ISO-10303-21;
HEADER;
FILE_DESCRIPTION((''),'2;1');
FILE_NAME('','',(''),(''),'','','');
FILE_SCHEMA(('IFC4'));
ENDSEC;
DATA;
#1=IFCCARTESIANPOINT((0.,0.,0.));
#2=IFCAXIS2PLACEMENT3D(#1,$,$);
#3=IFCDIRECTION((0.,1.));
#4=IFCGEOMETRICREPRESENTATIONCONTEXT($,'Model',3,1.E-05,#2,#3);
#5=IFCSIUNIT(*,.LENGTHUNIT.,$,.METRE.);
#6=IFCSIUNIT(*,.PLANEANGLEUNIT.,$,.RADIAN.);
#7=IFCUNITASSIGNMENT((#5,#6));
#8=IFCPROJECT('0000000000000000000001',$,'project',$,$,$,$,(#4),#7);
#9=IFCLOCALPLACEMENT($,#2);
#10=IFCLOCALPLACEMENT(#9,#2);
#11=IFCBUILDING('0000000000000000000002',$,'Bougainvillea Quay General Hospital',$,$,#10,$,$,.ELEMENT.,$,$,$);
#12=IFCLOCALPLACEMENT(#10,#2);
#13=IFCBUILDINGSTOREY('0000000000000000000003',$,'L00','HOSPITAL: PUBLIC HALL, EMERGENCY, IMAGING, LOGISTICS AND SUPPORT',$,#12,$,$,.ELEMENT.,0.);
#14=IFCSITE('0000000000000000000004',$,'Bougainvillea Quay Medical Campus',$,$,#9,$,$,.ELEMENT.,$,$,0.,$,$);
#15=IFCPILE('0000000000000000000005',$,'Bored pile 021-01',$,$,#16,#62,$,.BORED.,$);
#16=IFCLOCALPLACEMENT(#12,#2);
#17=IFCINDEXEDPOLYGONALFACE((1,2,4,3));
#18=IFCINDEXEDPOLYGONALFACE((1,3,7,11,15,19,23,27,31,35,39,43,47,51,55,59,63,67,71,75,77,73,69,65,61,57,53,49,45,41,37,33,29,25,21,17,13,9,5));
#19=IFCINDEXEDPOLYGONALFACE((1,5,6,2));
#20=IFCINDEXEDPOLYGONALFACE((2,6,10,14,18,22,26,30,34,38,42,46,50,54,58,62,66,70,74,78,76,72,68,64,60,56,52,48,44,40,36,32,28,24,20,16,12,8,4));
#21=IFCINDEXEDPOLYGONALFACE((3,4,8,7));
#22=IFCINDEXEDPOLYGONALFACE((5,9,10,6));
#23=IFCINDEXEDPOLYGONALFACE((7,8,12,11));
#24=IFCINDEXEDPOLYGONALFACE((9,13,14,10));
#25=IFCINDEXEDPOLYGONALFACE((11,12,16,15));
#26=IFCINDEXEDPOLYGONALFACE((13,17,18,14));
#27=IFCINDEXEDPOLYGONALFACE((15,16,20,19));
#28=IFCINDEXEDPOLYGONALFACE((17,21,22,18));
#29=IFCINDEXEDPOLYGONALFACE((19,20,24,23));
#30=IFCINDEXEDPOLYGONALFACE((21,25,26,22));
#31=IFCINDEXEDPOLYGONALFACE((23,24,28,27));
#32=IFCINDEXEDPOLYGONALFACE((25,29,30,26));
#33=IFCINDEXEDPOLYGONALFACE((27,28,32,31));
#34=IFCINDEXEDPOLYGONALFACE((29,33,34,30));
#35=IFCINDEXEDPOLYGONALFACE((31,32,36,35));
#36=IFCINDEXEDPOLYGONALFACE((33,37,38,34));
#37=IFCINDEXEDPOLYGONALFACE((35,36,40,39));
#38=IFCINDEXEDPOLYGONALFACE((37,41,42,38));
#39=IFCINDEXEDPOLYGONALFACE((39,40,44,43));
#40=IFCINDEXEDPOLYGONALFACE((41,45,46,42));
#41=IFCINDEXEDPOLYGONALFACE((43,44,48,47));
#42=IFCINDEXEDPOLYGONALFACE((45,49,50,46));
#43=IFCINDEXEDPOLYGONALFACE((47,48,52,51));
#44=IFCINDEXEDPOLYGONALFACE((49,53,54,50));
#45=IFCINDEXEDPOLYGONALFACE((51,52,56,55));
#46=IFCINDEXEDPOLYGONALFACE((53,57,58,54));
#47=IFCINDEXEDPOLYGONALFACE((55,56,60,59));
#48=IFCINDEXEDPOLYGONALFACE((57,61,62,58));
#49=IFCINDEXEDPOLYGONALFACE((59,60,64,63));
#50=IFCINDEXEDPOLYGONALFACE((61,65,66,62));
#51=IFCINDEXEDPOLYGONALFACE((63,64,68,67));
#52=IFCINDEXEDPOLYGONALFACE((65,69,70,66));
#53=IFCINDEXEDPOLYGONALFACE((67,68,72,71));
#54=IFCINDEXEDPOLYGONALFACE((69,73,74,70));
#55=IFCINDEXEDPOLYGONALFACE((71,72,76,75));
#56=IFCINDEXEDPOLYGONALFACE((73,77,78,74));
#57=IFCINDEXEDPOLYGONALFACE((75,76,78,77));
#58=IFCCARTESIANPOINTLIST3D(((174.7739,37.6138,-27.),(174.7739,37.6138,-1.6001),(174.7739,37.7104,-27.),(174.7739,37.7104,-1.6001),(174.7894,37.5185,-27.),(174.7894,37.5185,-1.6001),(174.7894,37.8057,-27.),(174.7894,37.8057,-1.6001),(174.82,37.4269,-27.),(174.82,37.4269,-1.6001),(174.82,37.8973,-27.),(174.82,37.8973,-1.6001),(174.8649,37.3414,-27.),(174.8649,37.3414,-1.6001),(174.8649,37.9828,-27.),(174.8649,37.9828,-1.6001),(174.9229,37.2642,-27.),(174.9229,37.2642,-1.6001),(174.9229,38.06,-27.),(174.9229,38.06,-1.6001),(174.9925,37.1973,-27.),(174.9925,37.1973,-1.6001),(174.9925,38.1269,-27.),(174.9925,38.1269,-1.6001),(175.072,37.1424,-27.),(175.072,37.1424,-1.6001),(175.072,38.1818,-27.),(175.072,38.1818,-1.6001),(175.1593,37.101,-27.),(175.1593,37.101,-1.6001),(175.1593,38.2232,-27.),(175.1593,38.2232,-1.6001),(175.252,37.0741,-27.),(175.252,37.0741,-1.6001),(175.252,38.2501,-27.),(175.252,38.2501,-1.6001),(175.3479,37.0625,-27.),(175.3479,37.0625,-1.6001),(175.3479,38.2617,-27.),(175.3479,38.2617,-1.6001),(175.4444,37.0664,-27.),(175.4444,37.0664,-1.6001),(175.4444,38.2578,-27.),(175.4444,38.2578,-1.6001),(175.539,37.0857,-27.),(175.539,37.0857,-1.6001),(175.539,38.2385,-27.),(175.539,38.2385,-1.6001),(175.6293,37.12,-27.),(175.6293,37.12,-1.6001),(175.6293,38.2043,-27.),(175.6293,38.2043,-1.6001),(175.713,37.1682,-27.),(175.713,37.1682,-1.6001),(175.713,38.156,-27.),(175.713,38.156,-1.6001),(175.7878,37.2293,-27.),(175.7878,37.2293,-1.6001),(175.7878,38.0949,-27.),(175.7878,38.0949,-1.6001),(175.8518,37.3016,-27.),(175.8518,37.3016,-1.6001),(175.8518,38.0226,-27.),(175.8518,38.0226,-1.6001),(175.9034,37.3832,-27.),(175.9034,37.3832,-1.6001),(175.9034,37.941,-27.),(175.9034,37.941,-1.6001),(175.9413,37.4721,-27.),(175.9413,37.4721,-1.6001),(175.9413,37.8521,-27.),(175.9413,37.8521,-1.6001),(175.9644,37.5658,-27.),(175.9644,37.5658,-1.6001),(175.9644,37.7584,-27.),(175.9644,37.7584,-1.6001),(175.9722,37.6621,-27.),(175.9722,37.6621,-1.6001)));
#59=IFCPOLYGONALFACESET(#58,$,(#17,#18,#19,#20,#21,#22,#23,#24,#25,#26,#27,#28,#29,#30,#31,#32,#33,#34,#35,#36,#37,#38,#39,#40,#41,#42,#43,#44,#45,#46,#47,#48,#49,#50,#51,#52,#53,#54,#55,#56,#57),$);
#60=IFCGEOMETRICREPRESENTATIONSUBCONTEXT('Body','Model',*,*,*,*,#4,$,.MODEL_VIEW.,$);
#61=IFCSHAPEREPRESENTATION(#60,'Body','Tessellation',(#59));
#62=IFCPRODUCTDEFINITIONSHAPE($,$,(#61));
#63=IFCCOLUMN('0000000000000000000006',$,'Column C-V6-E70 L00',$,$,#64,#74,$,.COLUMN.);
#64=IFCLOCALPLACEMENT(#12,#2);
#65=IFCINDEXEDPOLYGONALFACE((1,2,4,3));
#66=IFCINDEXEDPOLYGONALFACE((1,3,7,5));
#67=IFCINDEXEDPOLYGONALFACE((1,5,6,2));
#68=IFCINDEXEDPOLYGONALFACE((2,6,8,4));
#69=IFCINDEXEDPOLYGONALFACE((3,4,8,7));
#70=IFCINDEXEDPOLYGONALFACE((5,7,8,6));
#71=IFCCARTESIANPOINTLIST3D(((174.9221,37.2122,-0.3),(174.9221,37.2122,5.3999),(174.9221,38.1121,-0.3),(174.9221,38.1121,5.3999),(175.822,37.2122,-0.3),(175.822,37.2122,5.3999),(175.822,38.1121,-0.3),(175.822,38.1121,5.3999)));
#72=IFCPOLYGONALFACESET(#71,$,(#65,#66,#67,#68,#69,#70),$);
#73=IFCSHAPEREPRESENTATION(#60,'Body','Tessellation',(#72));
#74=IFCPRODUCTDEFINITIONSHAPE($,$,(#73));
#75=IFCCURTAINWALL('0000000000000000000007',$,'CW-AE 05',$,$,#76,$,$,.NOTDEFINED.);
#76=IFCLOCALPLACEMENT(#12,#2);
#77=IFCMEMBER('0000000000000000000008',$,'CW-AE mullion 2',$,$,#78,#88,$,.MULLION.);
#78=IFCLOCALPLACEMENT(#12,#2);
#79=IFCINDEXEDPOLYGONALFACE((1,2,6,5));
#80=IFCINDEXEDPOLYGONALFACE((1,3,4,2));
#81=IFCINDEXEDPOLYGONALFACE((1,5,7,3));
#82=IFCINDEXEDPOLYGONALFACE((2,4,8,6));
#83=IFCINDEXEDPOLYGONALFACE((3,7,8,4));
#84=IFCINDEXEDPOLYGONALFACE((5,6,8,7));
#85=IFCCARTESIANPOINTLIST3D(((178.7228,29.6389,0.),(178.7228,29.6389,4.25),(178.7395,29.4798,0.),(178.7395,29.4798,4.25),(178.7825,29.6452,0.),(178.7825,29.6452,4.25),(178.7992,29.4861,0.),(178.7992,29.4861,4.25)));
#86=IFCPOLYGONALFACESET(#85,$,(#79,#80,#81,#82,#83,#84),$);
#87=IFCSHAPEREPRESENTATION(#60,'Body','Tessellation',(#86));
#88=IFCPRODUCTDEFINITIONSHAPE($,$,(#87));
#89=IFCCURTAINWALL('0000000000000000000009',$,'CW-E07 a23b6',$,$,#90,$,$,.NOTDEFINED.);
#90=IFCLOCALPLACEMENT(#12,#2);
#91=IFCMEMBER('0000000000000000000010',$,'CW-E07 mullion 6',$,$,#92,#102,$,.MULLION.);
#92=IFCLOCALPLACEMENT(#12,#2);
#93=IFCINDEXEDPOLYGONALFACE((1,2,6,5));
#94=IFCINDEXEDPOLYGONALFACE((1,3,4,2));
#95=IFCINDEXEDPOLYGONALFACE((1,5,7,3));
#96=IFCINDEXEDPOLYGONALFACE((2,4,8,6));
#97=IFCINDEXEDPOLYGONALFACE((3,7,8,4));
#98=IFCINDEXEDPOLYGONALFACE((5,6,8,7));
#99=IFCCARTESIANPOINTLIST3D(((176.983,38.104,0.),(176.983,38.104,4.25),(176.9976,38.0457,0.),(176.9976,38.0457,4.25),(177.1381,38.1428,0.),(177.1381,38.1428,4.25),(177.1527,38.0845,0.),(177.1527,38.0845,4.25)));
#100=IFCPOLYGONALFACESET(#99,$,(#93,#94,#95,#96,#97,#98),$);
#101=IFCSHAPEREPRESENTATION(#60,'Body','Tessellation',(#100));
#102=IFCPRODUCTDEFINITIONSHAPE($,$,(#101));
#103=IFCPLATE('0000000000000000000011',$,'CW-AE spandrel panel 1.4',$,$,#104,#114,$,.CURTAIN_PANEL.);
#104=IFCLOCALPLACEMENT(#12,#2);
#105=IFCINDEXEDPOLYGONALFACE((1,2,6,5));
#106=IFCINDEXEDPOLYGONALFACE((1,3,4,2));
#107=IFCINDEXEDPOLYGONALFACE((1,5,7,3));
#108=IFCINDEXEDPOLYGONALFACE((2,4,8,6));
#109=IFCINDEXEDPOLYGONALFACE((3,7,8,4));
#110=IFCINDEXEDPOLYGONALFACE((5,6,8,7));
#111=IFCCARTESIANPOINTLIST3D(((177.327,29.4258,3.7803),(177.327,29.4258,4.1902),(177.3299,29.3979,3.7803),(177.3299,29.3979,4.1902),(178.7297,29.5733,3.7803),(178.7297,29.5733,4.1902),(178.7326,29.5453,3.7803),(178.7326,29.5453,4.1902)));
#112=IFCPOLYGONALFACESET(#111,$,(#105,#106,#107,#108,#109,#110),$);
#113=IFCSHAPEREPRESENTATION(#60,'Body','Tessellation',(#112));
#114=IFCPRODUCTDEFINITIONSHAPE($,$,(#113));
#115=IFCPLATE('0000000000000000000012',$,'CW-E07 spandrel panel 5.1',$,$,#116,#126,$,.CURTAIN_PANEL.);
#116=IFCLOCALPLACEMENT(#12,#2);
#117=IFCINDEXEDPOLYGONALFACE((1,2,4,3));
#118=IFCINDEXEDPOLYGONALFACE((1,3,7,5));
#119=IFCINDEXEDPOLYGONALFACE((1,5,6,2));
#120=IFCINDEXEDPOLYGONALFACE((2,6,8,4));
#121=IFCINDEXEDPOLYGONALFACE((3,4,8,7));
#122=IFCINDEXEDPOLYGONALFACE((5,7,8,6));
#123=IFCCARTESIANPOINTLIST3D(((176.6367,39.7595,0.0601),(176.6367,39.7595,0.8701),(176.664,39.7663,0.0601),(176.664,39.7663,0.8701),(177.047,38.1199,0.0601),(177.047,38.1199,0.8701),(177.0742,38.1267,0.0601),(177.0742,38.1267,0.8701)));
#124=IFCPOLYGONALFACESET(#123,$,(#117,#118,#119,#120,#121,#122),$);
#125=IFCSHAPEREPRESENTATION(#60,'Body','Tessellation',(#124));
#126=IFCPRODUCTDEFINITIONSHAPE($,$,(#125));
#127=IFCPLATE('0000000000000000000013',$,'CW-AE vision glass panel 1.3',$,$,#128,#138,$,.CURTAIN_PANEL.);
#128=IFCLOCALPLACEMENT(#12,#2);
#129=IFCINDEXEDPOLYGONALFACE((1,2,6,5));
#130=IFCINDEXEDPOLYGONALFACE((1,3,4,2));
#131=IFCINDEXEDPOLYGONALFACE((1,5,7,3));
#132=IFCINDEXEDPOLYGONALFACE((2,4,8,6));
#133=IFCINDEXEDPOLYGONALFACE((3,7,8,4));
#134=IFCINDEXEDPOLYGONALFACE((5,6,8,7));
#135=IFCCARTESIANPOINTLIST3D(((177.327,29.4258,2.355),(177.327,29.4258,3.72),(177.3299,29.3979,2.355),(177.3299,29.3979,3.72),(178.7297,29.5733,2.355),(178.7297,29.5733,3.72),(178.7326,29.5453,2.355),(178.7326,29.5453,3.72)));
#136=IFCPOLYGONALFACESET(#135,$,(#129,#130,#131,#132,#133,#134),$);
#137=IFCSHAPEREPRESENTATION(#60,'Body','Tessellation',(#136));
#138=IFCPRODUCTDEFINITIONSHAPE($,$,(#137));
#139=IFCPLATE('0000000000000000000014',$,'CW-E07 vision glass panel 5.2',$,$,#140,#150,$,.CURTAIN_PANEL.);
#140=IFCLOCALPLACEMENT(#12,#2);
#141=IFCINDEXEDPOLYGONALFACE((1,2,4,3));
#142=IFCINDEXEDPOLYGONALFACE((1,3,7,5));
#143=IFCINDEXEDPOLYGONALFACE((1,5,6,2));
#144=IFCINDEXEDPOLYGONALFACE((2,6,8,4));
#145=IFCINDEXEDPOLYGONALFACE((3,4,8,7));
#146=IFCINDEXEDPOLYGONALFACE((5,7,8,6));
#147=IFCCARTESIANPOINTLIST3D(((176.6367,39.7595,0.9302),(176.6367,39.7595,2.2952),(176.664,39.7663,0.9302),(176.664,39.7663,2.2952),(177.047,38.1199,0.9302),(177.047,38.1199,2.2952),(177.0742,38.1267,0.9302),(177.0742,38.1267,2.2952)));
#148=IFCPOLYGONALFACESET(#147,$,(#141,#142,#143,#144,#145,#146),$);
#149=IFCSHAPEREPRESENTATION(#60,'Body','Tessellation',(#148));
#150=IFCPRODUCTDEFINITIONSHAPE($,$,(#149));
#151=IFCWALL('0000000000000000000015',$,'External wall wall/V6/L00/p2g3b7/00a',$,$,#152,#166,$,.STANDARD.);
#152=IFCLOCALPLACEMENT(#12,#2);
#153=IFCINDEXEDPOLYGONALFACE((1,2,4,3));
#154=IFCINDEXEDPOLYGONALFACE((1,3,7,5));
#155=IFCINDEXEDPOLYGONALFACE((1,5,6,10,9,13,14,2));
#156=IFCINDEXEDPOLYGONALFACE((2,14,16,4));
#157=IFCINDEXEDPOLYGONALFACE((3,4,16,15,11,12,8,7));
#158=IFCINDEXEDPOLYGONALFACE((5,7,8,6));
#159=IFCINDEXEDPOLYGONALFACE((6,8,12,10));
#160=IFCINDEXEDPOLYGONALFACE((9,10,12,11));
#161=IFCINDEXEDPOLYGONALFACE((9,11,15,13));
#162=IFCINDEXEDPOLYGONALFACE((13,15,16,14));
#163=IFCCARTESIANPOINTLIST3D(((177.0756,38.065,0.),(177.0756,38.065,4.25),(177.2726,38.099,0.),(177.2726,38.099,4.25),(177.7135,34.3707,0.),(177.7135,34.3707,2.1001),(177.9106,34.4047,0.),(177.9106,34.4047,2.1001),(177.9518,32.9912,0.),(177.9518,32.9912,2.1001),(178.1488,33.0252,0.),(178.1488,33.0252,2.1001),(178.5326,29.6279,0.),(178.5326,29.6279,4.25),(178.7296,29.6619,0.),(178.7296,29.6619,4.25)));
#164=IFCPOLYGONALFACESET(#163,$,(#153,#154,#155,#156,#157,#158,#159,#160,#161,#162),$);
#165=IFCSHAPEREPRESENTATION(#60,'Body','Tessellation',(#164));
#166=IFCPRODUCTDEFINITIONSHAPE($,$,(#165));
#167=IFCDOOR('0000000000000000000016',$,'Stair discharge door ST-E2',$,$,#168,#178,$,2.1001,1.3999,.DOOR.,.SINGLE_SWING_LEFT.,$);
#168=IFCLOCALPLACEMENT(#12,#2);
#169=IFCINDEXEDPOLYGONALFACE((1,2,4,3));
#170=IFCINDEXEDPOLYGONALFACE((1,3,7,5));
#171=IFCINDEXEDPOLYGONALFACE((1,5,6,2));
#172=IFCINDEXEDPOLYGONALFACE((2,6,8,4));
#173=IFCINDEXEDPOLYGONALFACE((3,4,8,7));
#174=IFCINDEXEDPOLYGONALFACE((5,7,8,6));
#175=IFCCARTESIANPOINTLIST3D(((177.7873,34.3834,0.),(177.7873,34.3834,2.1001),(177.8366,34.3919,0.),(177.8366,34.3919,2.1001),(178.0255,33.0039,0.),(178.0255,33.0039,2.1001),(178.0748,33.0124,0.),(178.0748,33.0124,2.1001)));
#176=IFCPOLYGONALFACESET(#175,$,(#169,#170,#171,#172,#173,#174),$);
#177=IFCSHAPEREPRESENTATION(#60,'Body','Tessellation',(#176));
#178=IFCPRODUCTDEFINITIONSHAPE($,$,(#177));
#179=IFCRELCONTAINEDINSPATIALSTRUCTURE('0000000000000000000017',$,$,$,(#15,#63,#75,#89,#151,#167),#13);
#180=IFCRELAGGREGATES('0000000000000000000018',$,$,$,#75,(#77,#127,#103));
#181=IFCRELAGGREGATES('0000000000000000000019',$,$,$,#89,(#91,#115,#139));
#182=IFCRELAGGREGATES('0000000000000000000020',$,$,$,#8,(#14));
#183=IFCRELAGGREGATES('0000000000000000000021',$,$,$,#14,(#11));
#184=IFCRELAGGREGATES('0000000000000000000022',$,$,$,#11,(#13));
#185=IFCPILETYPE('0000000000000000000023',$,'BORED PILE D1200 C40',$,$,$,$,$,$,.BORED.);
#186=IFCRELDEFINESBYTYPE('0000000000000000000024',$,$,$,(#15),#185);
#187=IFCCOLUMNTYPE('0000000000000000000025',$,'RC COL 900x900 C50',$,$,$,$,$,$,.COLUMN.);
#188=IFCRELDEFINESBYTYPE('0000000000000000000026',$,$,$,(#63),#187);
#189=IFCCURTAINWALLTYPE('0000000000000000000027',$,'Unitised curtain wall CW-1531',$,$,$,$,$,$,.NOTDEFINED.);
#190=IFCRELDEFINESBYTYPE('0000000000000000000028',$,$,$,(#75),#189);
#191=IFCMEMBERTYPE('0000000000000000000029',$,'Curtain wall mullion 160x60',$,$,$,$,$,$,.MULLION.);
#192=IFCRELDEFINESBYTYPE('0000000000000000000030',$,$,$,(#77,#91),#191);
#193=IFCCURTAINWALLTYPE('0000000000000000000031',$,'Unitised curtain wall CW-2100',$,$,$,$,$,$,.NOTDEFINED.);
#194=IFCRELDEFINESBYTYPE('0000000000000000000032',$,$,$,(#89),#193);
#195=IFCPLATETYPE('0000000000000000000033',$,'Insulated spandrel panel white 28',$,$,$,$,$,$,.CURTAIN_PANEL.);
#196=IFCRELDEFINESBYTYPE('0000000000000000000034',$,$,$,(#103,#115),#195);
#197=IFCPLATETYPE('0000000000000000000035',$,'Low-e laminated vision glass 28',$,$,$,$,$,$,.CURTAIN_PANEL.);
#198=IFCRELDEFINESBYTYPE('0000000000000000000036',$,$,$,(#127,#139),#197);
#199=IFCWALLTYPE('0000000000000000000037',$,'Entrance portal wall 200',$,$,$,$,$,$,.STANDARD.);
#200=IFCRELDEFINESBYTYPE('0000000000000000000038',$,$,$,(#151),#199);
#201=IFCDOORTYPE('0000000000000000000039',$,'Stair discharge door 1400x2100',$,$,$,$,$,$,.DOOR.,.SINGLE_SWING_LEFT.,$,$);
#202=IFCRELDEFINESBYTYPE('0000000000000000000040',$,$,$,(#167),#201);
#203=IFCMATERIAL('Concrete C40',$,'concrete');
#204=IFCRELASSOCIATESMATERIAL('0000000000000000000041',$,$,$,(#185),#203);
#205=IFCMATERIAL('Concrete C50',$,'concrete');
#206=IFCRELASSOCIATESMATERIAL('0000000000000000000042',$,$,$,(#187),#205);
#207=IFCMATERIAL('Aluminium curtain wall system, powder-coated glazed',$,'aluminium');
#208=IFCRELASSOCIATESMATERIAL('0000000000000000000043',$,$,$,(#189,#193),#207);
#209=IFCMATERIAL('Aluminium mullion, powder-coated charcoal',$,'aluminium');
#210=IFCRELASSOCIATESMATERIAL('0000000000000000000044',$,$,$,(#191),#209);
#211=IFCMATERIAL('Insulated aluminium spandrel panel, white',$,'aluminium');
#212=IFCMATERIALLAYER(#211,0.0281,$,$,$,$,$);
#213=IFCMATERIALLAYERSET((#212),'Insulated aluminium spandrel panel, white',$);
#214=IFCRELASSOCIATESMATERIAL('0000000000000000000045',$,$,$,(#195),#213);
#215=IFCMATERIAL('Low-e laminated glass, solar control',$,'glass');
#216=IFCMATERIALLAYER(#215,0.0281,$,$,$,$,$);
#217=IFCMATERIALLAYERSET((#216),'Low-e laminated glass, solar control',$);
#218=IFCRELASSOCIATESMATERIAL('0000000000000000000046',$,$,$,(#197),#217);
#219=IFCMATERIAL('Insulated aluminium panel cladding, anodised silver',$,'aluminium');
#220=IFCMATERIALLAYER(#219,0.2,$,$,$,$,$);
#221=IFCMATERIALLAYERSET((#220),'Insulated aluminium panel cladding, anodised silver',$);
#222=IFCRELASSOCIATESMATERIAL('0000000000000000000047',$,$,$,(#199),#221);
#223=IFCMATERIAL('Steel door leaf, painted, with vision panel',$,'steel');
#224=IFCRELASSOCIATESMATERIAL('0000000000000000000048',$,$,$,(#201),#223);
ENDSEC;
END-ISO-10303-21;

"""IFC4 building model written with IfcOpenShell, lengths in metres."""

from ifc_helpers import new_model, si_unit, direction, frame, frame_2d, origin, origin_2d, place, context, subcontext, project, spatial, rectangle, circle, extrude, material, layer, layer_set, material_profile, profile_set, type_object, element, fill, aggregate, save


model = new_model("IFC4")

# Units and contexts
model_context = context("Model", 3, precision=1e-05, world=origin(), true_north=direction((0.0, 1.0)))
body_context = subcontext(model_context, "Body", "Model", "MODEL_VIEW")
ifc_project = project(units=[si_unit("LENGTHUNIT", "METRE"), si_unit("PLANEANGLEUNIT", "RADIAN")], contexts=[model_context])

# Site, building, storey
site_placement = place(None, origin())
site = spatial("IfcSite", under=ifc_project, at=site_placement, Name="Bougainvillea Quay Medical Campus", CompositionType="ELEMENT", RefElevation=0.0)
building_placement = place(site_placement, origin())
building = spatial("IfcBuilding", under=site, at=building_placement, Name="Bougainvillea Quay General Hospital", CompositionType="ELEMENT")
storey_placement = place(building_placement, origin())
storey = spatial("IfcBuildingStorey", under=building, at=storey_placement, Name="L00", Description="HOSPITAL: PUBLIC HALL, EMERGENCY, IMAGING, LOGISTICS AND SUPPORT", CompositionType="ELEMENT", Elevation=0.0)

# Pile
ifc_material_1 = material(Name="Concrete C40", Category="concrete")
ifc_material_profile_1 = material_profile(ifc_material_1, circle(Radius=0.6001, at=origin_2d()))
ifc_profile_set_1 = profile_set([ifc_material_profile_1], Name="Concrete C40")
pile_type = type_object("IfcPileType", Name="BORED PILE D1200 C40", PredefinedType="BORED", material=ifc_profile_set_1)
pile_placement = place(storey_placement, frame((175.3721, 37.6621, -1.6001), z_axis=(0.0, 0.0, -1.0), x_axis=(1.0, 0.0, 0.0)))
element("IfcPile", 1, at=pile_placement, inside=storey, type_object=pile_type, Name="Bored pile 021-01", PredefinedType="BORED", context=body_context, shape_type="SweptSolid", body=[
    extrude(circle(Radius=0.6001, at=origin_2d()), origin(), (0.0, 0.0, 1.0), 25.3999),
])

# Column
ifc_material_2 = material(Name="Concrete C50", Category="concrete")
ifc_material_profile_2 = material_profile(ifc_material_2, rectangle(XDim=0.8999, YDim=0.8999, at=origin_2d()))
ifc_profile_set_2 = profile_set([ifc_material_profile_2], Name="Concrete C50")
column_type = type_object("IfcColumnType", Name="RC COL 900x900 C50", PredefinedType="COLUMN", material=ifc_profile_set_2)
column_placement = place(storey_placement, frame((175.3721, 37.6621, -0.3), z_axis=(0.0, 0.0, 1.0), x_axis=(1.0, 0.0, 0.0)))
element("IfcColumn", 2, at=column_placement, inside=storey, type_object=column_type, Name="Column C-V6-E70 L00", PredefinedType="COLUMN", context=body_context, shape_type="SweptSolid", body=[
    extrude(rectangle(XDim=0.8999, YDim=0.8999, at=origin_2d()), origin(), (0.0, 0.0, 1.0), 5.7),
])

# Curtain walls, members
ifc_material_3 = material(Name="Aluminium curtain wall system, powder-coated glazed", Category="aluminium")
curtain_wall_type_1 = type_object("IfcCurtainWallType", Name="Unitised curtain wall CW-1531", PredefinedType="NOTDEFINED", material=ifc_material_3)
curtain_wall_1_placement = place(storey_placement, origin())
curtain_wall_1 = element("IfcCurtainWall", 3, at=curtain_wall_1_placement, inside=storey, type_object=curtain_wall_type_1, Name="CW-AE 05", PredefinedType="NOTDEFINED")
ifc_material_4 = material(Name="Aluminium mullion, powder-coated charcoal", Category="aluminium")
ifc_material_profile_3 = material_profile(ifc_material_4, rectangle(XDim=0.1599, YDim=0.0601, at=origin_2d()))
ifc_profile_set_3 = profile_set([ifc_material_profile_3], Name="Aluminium mullion, powder-coated charcoal")
member_type = type_object("IfcMemberType", Name="Curtain wall mullion 160x60", PredefinedType="MULLION", material=ifc_profile_set_3)
member_1_placement = place(storey_placement, frame((178.761, 29.5625, 0.0), z_axis=(0.0, 0.0, 1.0), x_axis=(-0.104527, 0.994522, 0.0)))
member_1 = element("IfcMember", 4, at=member_1_placement, type_object=member_type, Name="CW-AE mullion 2", PredefinedType="MULLION", context=body_context, shape_type="SweptSolid", body=[
    extrude(rectangle(XDim=0.1599, YDim=0.0601, at=origin_2d()), origin(), (0.0, 0.0, 1.0), 4.25),
])
curtain_wall_type_2 = type_object("IfcCurtainWallType", Name="Unitised curtain wall CW-2100", PredefinedType="NOTDEFINED", material=ifc_material_3)
curtain_wall_2_placement = place(storey_placement, origin())
curtain_wall_2 = element("IfcCurtainWall", 5, at=curtain_wall_2_placement, inside=storey, type_object=curtain_wall_type_2, Name="CW-E07 a23b6", PredefinedType="NOTDEFINED")
member_2_placement = place(storey_placement, frame((177.0679, 38.0942, 0.0), z_axis=(0.0, 0.0, 1.0), x_axis=(0.970096, 0.242721, 0.0)))
member_2 = element("IfcMember", 6, at=member_2_placement, type_object=member_type, Name="CW-E07 mullion 6", PredefinedType="MULLION", context=body_context, shape_type="SweptSolid", body=[
    extrude(rectangle(XDim=0.1599, YDim=0.0601, at=origin_2d()), origin(), (0.0, 0.0, 1.0), 4.25),
])

# Plates
ifc_material_5 = material(Name="Insulated aluminium spandrel panel, white", Category="aluminium")
ifc_layer_1 = layer(ifc_material_5, 0.0281)
ifc_layer_set_1 = layer_set([ifc_layer_1], Name="Insulated aluminium spandrel panel, white")
plate_type_1 = type_object("IfcPlateType", Name="Insulated spandrel panel white 28", PredefinedType="CURTAIN_PANEL", material=ifc_layer_set_1)
plate_1_placement = place(storey_placement, frame((178.0298, 29.4856, 3.7803), z_axis=(0.0, 0.0, 1.0), x_axis=(0.994522, 0.104527, 0.0)))
plate_1 = element("IfcPlate", 7, at=plate_1_placement, type_object=plate_type_1, Name="CW-AE spandrel panel 1.4", PredefinedType="CURTAIN_PANEL", context=body_context, shape_type="SweptSolid", body=[
    extrude(rectangle(XDim=1.4104, YDim=0.0281, at=origin_2d()), origin(), (0.0, 0.0, 1.0), 0.4099),
])
plate_2_placement = place(storey_placement, frame((176.8555, 38.9431, 0.0601), z_axis=(0.0, 0.0, 1.0), x_axis=(0.242721, -0.970096, 0.0)))
plate_2 = element("IfcPlate", 8, at=plate_2_placement, type_object=plate_type_1, Name="CW-E07 spandrel panel 5.1", PredefinedType="CURTAIN_PANEL", context=body_context, shape_type="SweptSolid", body=[
    extrude(rectangle(XDim=1.6902, YDim=0.0281, at=origin_2d()), origin(), (0.0, 0.0, 1.0), 0.8101),
])
ifc_material_6 = material(Name="Low-e laminated glass, solar control", Category="glass")
ifc_layer_2 = layer(ifc_material_6, 0.0281)
ifc_layer_set_2 = layer_set([ifc_layer_2], Name="Low-e laminated glass, solar control")
plate_type_2 = type_object("IfcPlateType", Name="Low-e laminated vision glass 28", PredefinedType="CURTAIN_PANEL", material=ifc_layer_set_2)
plate_3_placement = place(storey_placement, frame((178.0298, 29.4856, 2.355), z_axis=(0.0, 0.0, 1.0), x_axis=(0.994522, 0.104527, 0.0)))
plate_3 = element("IfcPlate", 9, at=plate_3_placement, type_object=plate_type_2, Name="CW-AE vision glass panel 1.3", PredefinedType="CURTAIN_PANEL", context=body_context, shape_type="SweptSolid", body=[
    extrude(rectangle(XDim=1.4104, YDim=0.0281, at=origin_2d()), origin(), (0.0, 0.0, 1.0), 1.365),
])
aggregate(curtain_wall_1, [member_1, plate_3, plate_1])
plate_4_placement = place(storey_placement, frame((176.8555, 38.9431, 0.9302), z_axis=(0.0, 0.0, 1.0), x_axis=(0.242721, -0.970096, 0.0)))
plate_4 = element("IfcPlate", 10, at=plate_4_placement, type_object=plate_type_2, Name="CW-E07 vision glass panel 5.2", PredefinedType="CURTAIN_PANEL", context=body_context, shape_type="SweptSolid", body=[
    extrude(rectangle(XDim=1.6902, YDim=0.0281, at=origin_2d()), origin(), (0.0, 0.0, 1.0), 1.365),
])
aggregate(curtain_wall_2, [member_2, plate_2, plate_4])

# Wall, opening, door
ifc_material_7 = material(Name="Insulated aluminium panel cladding, anodised silver", Category="aluminium")
ifc_layer_3 = layer(ifc_material_7, 0.2)
ifc_layer_set_3 = layer_set([ifc_layer_3], Name="Insulated aluminium panel cladding, anodised silver")
wall_type_1 = type_object("IfcWallType", Name="Entrance portal wall 200", PredefinedType="STANDARD", material=ifc_layer_set_3)
wall_1_placement = place(storey_placement, frame((177.1741, 38.082, 0.0), z_axis=(0.0, 0.0, 1.0), x_axis=(0.170176, -0.985414, 0.0)))
wall_1 = element("IfcWall", 11, at=wall_1_placement, inside=storey, type_object=wall_type_1, Name="External wall wall/V6/L00/p2g3b7/00a", PredefinedType="STANDARD", context=body_context, shape_type="SweptSolid", body=[
    extrude(rectangle(XDim=8.562, YDim=0.2, at=frame_2d((4.281, 0.0))), origin(), (0.0, 0.0, 1.0), 4.25),
])
opening_placement = place(wall_1_placement, frame((3.749, 0.0, 0.0)))
opening = element("IfcOpeningElement", 12, at=opening_placement, cuts=wall_1, PredefinedType="OPENING", context=body_context, shape_type="SweptSolid", body=[
    extrude(rectangle(XDim=1.3999, YDim=2.1001, at=frame_2d((0.7, 1.05))), frame((0.0, 0.1099, 0.0), z_axis=(0.0, -1.0, 0.0), x_axis=(1.0, 0.0, 0.0)), (0.0, 0.0, 1.0), 0.22),
])
ifc_material_8 = material(Name="Steel door leaf, painted, with vision panel", Category="steel")
door_type = type_object("IfcDoorType", Name="Stair discharge door 1400x2100", OperationType="SINGLE_SWING_LEFT", PredefinedType="DOOR", material=ifc_material_8)
door_placement = place(opening_placement, origin())
door = element("IfcDoor", 13, at=door_placement, inside=storey, type_object=door_type, Name="Stair discharge door ST-E2", OperationType="SINGLE_SWING_LEFT", OverallHeight=2.1001, OverallWidth=1.3999, PredefinedType="DOOR", context=body_context, shape_type="SweptSolid", body=[
    extrude(rectangle(XDim=1.3999, YDim=2.1001, at=frame_2d((0.7, 1.05))), frame((0.0, 0.0249, 0.0), z_axis=(0.0, -1.0, 0.0), x_axis=(1.0, 0.0, 0.0)), (0.0, 0.0, 1.0), 0.05),
])
fill(opening, door)

save(model, "model.ifc")
